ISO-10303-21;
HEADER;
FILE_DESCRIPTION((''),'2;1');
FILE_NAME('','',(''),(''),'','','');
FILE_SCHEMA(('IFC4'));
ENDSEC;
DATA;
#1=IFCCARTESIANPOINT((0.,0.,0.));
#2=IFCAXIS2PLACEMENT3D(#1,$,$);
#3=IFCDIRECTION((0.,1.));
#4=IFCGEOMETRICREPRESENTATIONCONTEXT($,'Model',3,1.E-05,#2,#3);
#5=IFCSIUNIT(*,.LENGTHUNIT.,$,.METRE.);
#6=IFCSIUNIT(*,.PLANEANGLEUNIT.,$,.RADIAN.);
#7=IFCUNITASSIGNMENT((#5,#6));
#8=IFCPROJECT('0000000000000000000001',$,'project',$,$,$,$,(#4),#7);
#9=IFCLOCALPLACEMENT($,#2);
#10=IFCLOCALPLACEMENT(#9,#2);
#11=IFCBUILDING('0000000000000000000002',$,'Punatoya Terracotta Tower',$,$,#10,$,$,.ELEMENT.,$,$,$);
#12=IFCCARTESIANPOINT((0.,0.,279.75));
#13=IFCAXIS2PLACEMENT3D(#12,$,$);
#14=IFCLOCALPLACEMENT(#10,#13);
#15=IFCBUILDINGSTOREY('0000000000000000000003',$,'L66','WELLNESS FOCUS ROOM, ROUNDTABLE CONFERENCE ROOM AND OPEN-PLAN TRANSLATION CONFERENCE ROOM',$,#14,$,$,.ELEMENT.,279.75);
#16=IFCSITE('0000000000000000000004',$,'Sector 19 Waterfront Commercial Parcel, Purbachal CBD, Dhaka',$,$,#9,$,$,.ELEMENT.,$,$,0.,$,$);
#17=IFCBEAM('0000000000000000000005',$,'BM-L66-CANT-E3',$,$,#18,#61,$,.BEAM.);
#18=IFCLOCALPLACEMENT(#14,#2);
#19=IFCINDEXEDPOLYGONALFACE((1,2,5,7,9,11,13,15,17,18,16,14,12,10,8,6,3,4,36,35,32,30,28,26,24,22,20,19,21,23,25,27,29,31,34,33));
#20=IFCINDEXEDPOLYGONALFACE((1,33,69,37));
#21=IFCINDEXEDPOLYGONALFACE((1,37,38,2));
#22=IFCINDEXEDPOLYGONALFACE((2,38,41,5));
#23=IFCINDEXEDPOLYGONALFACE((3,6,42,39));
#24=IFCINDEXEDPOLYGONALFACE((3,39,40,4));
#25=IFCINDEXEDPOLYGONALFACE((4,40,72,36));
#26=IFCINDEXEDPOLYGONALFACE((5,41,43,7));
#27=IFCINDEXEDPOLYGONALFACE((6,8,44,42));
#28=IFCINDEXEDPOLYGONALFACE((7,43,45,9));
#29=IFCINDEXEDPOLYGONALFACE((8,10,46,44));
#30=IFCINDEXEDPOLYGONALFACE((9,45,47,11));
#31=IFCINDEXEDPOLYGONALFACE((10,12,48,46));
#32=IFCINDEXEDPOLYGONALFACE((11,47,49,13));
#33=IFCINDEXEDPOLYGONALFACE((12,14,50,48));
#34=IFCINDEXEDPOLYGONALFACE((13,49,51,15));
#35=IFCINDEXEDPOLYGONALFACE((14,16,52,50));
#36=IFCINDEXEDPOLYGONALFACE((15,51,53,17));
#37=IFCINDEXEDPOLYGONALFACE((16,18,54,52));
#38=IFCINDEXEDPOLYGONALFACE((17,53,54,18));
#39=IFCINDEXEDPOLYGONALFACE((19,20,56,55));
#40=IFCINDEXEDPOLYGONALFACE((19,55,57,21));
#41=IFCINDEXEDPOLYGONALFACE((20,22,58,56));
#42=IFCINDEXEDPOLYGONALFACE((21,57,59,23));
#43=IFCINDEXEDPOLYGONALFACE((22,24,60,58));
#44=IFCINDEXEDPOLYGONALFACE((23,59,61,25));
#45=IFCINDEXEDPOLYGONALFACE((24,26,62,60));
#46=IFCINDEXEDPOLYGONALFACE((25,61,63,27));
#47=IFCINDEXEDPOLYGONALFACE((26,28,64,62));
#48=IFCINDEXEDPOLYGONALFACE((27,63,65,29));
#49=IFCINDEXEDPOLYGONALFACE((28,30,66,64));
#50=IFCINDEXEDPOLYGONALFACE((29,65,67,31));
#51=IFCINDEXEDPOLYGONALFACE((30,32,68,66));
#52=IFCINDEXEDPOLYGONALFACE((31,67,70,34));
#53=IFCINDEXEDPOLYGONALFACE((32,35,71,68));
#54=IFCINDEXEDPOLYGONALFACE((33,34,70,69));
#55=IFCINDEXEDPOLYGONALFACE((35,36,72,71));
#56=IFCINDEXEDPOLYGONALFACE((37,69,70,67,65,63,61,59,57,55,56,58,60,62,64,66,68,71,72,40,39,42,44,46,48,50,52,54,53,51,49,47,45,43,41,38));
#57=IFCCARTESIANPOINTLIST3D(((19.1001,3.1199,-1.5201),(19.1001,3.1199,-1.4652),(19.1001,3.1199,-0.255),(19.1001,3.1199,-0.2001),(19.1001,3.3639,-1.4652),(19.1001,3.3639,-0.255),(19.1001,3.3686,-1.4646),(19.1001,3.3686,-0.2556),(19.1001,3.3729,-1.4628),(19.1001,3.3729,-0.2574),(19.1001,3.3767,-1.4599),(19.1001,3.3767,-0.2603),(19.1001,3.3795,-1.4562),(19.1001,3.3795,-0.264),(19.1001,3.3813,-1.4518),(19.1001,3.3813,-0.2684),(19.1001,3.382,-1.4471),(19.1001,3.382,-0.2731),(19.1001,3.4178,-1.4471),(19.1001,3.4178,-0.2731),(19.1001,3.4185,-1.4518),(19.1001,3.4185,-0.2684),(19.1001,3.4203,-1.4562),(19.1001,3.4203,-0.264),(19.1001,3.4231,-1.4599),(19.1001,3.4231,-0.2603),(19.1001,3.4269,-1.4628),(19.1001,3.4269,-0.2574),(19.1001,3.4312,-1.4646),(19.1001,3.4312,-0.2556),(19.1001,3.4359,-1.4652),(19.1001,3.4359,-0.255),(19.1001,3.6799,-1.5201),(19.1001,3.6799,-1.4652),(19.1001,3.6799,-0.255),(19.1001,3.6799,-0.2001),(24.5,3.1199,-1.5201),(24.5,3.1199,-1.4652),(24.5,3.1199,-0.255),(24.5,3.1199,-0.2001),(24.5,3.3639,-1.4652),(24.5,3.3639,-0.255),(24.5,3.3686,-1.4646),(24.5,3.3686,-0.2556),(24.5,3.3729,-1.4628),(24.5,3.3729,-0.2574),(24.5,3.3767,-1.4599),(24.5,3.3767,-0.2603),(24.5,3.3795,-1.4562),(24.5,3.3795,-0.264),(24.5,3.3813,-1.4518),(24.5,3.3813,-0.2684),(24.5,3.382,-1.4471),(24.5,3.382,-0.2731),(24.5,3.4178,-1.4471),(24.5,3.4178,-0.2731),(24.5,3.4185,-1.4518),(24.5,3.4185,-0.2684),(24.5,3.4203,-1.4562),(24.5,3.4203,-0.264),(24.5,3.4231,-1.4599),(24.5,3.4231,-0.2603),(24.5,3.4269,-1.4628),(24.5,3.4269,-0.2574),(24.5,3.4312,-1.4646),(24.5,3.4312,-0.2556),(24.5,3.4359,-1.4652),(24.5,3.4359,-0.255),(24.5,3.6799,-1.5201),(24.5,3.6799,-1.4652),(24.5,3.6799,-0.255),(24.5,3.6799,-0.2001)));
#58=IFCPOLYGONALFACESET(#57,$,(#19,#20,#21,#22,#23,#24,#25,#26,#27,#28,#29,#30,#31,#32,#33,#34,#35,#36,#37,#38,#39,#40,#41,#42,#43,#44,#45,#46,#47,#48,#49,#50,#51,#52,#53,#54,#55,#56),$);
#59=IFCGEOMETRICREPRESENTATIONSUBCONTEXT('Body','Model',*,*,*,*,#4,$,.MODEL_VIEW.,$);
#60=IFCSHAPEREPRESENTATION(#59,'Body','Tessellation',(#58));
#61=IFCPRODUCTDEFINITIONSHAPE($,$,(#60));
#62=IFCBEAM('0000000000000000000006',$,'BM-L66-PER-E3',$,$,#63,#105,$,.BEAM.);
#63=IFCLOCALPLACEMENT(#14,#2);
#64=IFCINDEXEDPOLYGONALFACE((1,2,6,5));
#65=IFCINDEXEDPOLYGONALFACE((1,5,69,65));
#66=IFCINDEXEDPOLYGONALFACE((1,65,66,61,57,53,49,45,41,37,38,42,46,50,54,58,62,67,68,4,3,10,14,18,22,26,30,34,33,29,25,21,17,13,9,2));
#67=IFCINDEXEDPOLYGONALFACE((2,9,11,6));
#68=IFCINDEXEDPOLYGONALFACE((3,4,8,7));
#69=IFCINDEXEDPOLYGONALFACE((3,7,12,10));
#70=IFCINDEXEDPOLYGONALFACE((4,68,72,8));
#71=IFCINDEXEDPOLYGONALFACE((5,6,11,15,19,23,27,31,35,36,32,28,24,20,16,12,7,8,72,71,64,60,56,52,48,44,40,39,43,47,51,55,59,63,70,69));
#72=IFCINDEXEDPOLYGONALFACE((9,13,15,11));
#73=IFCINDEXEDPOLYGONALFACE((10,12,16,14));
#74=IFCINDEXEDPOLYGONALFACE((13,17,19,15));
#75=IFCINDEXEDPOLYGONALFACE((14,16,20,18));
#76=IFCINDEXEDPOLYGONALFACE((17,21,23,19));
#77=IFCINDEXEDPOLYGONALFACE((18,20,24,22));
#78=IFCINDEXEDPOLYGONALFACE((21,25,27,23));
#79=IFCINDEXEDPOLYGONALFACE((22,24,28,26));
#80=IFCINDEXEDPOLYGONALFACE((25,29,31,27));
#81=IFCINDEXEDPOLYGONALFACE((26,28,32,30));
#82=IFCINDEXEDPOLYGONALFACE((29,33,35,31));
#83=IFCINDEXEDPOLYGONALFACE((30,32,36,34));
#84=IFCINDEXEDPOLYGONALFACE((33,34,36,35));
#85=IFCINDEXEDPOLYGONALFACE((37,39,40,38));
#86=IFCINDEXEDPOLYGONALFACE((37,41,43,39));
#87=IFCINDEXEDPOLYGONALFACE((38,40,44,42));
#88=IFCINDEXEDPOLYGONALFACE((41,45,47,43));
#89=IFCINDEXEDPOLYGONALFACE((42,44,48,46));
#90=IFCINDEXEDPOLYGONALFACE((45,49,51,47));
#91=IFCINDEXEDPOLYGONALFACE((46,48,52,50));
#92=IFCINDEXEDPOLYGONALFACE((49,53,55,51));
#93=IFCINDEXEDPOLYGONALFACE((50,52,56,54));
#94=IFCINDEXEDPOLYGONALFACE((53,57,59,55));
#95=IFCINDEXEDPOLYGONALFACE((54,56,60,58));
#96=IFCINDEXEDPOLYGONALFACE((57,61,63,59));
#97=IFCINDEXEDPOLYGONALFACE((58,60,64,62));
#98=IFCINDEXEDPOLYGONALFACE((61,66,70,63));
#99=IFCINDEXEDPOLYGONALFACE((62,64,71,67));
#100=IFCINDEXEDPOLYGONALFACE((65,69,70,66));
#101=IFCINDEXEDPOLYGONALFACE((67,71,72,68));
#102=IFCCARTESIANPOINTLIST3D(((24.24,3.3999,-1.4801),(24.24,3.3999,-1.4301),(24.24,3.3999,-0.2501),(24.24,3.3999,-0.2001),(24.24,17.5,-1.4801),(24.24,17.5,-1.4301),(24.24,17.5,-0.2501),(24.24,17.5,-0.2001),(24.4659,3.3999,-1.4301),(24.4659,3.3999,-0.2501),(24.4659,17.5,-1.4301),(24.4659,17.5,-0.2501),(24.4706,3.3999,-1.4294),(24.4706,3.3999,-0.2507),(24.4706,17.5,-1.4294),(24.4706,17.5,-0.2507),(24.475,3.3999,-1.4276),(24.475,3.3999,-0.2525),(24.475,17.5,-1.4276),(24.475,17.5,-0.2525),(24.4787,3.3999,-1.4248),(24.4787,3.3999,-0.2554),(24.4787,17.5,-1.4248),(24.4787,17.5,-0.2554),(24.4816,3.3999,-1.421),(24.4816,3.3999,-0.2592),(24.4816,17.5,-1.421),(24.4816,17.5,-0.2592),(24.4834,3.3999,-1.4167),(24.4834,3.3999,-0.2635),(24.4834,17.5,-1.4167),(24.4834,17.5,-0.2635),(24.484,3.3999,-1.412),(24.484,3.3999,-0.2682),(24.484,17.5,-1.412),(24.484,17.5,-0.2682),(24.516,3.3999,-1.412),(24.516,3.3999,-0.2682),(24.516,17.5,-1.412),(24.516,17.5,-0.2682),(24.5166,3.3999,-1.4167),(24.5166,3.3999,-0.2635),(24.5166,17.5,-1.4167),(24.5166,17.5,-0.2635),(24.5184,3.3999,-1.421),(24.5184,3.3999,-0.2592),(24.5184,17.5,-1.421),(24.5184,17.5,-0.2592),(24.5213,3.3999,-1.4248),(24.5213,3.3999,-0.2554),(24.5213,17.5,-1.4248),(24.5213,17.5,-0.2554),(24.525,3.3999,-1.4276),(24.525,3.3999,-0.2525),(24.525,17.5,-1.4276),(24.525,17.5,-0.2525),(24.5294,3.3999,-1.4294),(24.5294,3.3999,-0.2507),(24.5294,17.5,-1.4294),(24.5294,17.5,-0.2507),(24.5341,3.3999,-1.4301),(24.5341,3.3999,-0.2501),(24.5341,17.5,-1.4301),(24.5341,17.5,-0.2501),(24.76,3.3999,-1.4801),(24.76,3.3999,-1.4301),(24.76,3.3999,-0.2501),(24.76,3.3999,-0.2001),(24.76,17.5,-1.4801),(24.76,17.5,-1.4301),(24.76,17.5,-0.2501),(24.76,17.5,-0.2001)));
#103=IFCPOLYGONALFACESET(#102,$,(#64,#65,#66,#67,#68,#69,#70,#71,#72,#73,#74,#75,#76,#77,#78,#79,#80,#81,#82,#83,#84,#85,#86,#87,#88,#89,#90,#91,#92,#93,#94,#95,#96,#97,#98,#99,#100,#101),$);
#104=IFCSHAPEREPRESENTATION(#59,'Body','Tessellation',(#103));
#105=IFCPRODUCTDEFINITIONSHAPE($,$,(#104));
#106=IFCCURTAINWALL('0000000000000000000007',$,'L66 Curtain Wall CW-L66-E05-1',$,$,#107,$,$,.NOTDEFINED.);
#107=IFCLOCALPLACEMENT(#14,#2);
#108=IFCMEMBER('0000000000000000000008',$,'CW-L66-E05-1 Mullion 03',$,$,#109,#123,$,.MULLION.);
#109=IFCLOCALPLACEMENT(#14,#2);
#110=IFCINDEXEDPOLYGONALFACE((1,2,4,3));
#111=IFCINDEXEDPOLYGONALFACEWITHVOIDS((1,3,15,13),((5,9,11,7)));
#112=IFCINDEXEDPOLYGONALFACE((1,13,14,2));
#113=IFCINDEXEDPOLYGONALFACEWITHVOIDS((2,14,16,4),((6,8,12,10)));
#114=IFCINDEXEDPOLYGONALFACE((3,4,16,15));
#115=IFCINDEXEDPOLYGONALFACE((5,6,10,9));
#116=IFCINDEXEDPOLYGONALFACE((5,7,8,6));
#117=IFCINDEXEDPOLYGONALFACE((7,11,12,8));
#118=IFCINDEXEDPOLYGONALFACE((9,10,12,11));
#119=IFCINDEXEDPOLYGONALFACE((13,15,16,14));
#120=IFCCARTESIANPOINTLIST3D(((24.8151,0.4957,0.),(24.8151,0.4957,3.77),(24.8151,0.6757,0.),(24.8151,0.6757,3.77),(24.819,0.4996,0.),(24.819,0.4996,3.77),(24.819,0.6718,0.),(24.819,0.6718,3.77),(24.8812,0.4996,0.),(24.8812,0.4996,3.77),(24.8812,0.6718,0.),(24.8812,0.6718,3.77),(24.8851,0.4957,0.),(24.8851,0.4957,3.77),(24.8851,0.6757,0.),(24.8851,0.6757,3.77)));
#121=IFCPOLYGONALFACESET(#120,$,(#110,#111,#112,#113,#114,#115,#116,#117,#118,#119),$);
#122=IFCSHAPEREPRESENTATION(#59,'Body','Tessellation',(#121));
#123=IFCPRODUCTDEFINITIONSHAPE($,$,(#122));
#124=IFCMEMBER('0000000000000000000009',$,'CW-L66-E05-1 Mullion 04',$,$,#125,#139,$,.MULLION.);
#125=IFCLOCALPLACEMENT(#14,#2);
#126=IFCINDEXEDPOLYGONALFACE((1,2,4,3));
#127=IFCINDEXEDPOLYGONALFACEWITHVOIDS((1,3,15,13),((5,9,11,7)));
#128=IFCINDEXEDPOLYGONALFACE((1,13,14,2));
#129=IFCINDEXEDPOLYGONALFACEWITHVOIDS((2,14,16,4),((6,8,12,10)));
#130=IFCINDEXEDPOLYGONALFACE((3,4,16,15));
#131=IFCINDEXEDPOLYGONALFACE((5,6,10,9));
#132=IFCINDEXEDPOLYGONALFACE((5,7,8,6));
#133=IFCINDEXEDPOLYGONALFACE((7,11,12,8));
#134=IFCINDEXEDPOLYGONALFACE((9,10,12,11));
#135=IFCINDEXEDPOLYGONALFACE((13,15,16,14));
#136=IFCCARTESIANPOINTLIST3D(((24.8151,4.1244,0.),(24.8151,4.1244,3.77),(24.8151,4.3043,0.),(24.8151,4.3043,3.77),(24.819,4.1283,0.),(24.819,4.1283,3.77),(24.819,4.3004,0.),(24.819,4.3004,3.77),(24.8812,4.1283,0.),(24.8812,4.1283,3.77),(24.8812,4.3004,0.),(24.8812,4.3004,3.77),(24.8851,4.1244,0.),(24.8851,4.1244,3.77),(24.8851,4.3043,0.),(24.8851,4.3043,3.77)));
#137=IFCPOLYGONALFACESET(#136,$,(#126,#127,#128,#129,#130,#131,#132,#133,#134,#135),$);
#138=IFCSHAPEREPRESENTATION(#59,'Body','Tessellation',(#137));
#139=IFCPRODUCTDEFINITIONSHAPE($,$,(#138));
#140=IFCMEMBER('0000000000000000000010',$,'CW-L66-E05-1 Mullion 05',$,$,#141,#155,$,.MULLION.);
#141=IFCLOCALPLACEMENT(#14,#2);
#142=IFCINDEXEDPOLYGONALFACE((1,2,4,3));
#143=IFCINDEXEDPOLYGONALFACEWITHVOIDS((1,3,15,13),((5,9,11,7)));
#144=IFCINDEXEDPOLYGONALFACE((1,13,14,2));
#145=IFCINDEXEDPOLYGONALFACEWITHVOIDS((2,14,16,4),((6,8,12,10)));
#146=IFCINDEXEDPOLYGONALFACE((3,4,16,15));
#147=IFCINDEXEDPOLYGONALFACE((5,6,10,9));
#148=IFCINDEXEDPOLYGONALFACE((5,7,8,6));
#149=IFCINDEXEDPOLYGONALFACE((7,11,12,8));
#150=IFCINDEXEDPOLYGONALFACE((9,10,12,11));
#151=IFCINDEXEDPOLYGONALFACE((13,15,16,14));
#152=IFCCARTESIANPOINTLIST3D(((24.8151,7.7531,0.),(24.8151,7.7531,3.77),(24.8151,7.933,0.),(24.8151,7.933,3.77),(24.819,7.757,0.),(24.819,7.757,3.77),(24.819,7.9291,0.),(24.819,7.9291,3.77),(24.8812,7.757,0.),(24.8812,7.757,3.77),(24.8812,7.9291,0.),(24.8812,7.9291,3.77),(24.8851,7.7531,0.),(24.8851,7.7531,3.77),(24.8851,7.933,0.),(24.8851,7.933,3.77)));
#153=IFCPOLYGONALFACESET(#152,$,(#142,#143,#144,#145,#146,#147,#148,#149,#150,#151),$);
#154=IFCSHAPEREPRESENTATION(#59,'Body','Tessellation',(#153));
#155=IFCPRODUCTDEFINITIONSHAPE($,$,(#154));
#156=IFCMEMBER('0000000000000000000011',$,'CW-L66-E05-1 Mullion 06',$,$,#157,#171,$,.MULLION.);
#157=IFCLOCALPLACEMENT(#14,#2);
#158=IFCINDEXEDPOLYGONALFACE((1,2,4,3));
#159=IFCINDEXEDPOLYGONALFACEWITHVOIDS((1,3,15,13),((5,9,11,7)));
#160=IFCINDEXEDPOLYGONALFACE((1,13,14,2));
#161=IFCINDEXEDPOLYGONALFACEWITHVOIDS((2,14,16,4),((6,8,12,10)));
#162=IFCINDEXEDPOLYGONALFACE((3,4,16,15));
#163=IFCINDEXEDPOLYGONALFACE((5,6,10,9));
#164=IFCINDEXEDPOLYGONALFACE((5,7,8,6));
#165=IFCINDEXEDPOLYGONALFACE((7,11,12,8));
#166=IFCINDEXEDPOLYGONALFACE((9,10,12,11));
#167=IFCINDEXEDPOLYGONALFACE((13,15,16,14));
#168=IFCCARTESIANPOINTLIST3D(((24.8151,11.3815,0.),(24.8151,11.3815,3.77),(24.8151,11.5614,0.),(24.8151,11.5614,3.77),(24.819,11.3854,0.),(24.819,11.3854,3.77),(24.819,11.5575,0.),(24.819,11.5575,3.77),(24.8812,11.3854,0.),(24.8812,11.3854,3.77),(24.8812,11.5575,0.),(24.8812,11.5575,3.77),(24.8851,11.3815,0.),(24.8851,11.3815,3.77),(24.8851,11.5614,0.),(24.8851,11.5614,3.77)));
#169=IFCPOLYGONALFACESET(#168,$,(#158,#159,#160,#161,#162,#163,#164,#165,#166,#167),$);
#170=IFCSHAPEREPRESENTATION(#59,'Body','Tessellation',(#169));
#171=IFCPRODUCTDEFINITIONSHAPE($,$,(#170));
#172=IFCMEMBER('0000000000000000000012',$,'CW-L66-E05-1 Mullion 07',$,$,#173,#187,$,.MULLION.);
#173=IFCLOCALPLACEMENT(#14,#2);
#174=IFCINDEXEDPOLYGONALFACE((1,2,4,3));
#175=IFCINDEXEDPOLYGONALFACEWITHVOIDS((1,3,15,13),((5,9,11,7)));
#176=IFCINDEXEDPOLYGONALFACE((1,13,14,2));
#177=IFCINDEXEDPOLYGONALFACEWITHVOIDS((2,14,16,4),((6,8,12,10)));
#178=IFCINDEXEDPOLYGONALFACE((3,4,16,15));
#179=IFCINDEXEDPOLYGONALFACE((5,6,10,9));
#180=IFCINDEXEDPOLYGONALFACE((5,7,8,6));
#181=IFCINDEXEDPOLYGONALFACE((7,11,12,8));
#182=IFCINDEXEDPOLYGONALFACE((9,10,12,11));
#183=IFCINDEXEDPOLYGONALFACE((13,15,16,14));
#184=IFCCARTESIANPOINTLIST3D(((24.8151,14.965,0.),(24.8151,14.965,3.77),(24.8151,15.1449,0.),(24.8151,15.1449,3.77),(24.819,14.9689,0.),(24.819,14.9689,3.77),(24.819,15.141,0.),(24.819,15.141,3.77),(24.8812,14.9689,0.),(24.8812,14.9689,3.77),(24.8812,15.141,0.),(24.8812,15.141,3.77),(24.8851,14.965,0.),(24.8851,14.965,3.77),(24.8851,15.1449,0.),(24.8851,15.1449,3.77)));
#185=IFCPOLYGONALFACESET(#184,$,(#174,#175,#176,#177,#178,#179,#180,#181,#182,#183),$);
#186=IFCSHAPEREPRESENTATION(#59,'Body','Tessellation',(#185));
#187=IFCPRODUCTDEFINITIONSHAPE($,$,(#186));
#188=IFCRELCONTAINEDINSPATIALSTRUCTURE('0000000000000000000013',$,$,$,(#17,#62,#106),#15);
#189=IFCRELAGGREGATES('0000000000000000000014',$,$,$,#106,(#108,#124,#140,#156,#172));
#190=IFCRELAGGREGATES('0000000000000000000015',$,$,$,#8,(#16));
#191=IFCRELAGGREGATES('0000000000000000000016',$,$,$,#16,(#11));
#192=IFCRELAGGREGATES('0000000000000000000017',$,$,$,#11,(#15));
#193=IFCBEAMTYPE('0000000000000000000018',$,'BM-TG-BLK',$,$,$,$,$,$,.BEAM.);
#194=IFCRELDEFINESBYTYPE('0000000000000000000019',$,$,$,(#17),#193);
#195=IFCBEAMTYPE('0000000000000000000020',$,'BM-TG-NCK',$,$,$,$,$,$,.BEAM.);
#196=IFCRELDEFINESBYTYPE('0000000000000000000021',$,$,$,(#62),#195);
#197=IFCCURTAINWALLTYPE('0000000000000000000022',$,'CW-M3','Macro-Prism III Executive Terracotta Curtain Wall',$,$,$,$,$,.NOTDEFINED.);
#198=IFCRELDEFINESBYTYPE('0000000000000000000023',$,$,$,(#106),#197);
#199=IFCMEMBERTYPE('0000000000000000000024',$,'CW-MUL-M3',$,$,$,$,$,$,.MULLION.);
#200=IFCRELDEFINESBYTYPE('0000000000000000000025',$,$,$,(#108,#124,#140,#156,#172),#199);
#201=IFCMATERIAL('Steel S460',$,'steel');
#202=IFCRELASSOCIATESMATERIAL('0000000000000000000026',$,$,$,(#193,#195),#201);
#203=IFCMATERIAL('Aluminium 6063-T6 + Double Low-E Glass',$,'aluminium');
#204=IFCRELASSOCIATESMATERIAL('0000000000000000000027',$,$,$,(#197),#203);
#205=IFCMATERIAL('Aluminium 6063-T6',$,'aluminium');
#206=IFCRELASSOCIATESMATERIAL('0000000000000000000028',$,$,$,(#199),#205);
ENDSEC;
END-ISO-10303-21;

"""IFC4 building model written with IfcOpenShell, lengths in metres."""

from ifc_helpers import new_model, si_unit, direction, frame, origin, origin_2d, place, context, subcontext, project, spatial, hollow_rectangle, i_section, extrude, material, material_profile, profile_set, type_object, element, aggregate, save


model = new_model("IFC4")

# Units and contexts
model_context = context("Model", 3, precision=1e-05, world=origin(), true_north=direction((0.0, 1.0)))
body_context = subcontext(model_context, "Body", "Model", "MODEL_VIEW")
ifc_project = project(units=[si_unit("LENGTHUNIT", "METRE"), si_unit("PLANEANGLEUNIT", "RADIAN")], contexts=[model_context])

# Site, building, storey
site_placement = place(None, origin())
site = spatial("IfcSite", under=ifc_project, at=site_placement, Name="Sector 19 Waterfront Commercial Parcel, Purbachal CBD, Dhaka", CompositionType="ELEMENT", RefElevation=0.0)
building_placement = place(site_placement, origin())
building = spatial("IfcBuilding", under=site, at=building_placement, Name="Punatoya Terracotta Tower", CompositionType="ELEMENT")
storey_placement = place(building_placement, frame((0.0, 0.0, 279.75)))
storey = spatial("IfcBuildingStorey", under=building, at=storey_placement, Name="L66", Description="WELLNESS FOCUS ROOM, ROUNDTABLE CONFERENCE ROOM AND OPEN-PLAN TRANSLATION CONFERENCE ROOM", CompositionType="ELEMENT", Elevation=279.75)

# Shared definitions
ifc_material_1 = material(Name="Steel S460", Category="steel")

# Beams
ifc_material_profile_1 = material_profile(ifc_material_1, i_section(OverallWidth=0.5601, OverallDepth=1.3201, WebThickness=0.0359, FlangeThickness=0.0549, FilletRadius=0.0181, at=origin_2d()))
ifc_profile_set_1 = profile_set([ifc_material_profile_1], Name="Steel S460")
beam_type_1 = type_object("IfcBeamType", Name="BM-TG-BLK", PredefinedType="BEAM", material=ifc_profile_set_1)
beam_1_placement = place(storey_placement, frame((19.1001, 3.3999, -0.8601), z_axis=(1.0, 0.0, 0.0), x_axis=(0.0, 1.0, 0.0)))
element("IfcBeam", 1, at=beam_1_placement, inside=storey, type_object=beam_type_1, Name="BM-L66-CANT-E3", PredefinedType="BEAM", context=body_context, shape_type="SweptSolid", body=[
    extrude(i_section(OverallWidth=0.5601, OverallDepth=1.3201, WebThickness=0.0359, FlangeThickness=0.0549, FilletRadius=0.0181, at=origin_2d()), origin(), (0.0, 0.0, 1.0), 5.3999),
])
ifc_material_profile_2 = material_profile(ifc_material_1, i_section(OverallWidth=0.52, OverallDepth=1.28, WebThickness=0.032, FlangeThickness=0.05, FilletRadius=0.0181, at=origin_2d()))
ifc_profile_set_2 = profile_set([ifc_material_profile_2], Name="Steel S460")
beam_type_2 = type_object("IfcBeamType", Name="BM-TG-NCK", PredefinedType="BEAM", material=ifc_profile_set_2)
beam_2_placement = place(storey_placement, frame((24.5, 3.3999, -0.8401), z_axis=(0.0, 1.0, 0.0), x_axis=(-1.0, 0.0, 0.0)))
element("IfcBeam", 2, at=beam_2_placement, inside=storey, type_object=beam_type_2, Name="BM-L66-PER-E3", PredefinedType="BEAM", context=body_context, shape_type="SweptSolid", body=[
    extrude(i_section(OverallWidth=0.52, OverallDepth=1.28, WebThickness=0.032, FlangeThickness=0.05, FilletRadius=0.0181, at=origin_2d()), origin(), (0.0, 0.0, 1.0), 14.1001),
])

# Curtain wall, members
ifc_material_2 = material(Name="Aluminium 6063-T6 + Double Low-E Glass", Category="aluminium")
curtain_wall_type = type_object("IfcCurtainWallType", Name="CW-M3", Description="Macro-Prism III Executive Terracotta Curtain Wall", PredefinedType="NOTDEFINED", material=ifc_material_2)
curtain_wall_placement = place(storey_placement, origin())
curtain_wall = element("IfcCurtainWall", 3, at=curtain_wall_placement, inside=storey, type_object=curtain_wall_type, Name="L66 Curtain Wall CW-L66-E05-1", PredefinedType="NOTDEFINED")
ifc_material_3 = material(Name="Aluminium 6063-T6", Category="aluminium")
ifc_material_profile_3 = material_profile(ifc_material_3, hollow_rectangle(XDim=0.0701, YDim=0.1799, WallThickness=0.0039, at=origin_2d()))
ifc_profile_set_3 = profile_set([ifc_material_profile_3], Name="Aluminium 6063-T6")
member_type = type_object("IfcMemberType", Name="CW-MUL-M3", PredefinedType="MULLION", material=ifc_profile_set_3)
member_1_placement = place(storey_placement, frame((24.8501, 0.5857, 0.0), z_axis=(0.0, 0.0, 1.0), x_axis=(1.0, 0.0, 0.0)))
member_1 = element("IfcMember", 4, at=member_1_placement, type_object=member_type, Name="CW-L66-E05-1 Mullion 03", PredefinedType="MULLION", context=body_context, shape_type="SweptSolid", body=[
    extrude(hollow_rectangle(XDim=0.0701, YDim=0.1799, WallThickness=0.0039, at=origin_2d()), origin(), (0.0, 0.0, 1.0), 3.77),
])
member_2_placement = place(storey_placement, frame((24.8501, 4.2144, 0.0), z_axis=(0.0, 0.0, 1.0), x_axis=(1.0, 0.0, 0.0)))
member_2 = element("IfcMember", 5, at=member_2_placement, type_object=member_type, Name="CW-L66-E05-1 Mullion 04", PredefinedType="MULLION", context=body_context, shape_type="SweptSolid", body=[
    extrude(hollow_rectangle(XDim=0.0701, YDim=0.1799, WallThickness=0.0039, at=origin_2d()), origin(), (0.0, 0.0, 1.0), 3.77),
])
member_3_placement = place(storey_placement, frame((24.8501, 7.843, 0.0), z_axis=(0.0, 0.0, 1.0), x_axis=(1.0, 0.0, 0.0)))
member_3 = element("IfcMember", 6, at=member_3_placement, type_object=member_type, Name="CW-L66-E05-1 Mullion 05", PredefinedType="MULLION", context=body_context, shape_type="SweptSolid", body=[
    extrude(hollow_rectangle(XDim=0.0701, YDim=0.1799, WallThickness=0.0039, at=origin_2d()), origin(), (0.0, 0.0, 1.0), 3.77),
])
member_4_placement = place(storey_placement, frame((24.8501, 11.4714, 0.0), z_axis=(0.0, 0.0, 1.0), x_axis=(1.0, 0.0, 0.0)))
member_4 = element("IfcMember", 7, at=member_4_placement, type_object=member_type, Name="CW-L66-E05-1 Mullion 06", PredefinedType="MULLION", context=body_context, shape_type="SweptSolid", body=[
    extrude(hollow_rectangle(XDim=0.0701, YDim=0.1799, WallThickness=0.0039, at=origin_2d()), origin(), (0.0, 0.0, 1.0), 3.77),
])
member_5_placement = place(storey_placement, frame((24.8501, 15.0549, 0.0), z_axis=(0.0, 0.0, 1.0), x_axis=(1.0, 0.0, 0.0)))
member_5 = element("IfcMember", 8, at=member_5_placement, type_object=member_type, Name="CW-L66-E05-1 Mullion 07", PredefinedType="MULLION", context=body_context, shape_type="SweptSolid", body=[
    extrude(hollow_rectangle(XDim=0.0701, YDim=0.1799, WallThickness=0.0039, at=origin_2d()), origin(), (0.0, 0.0, 1.0), 3.77),
])
aggregate(curtain_wall, [member_1, member_2, member_3, member_4, member_5])

save(model, "model.ifc")
